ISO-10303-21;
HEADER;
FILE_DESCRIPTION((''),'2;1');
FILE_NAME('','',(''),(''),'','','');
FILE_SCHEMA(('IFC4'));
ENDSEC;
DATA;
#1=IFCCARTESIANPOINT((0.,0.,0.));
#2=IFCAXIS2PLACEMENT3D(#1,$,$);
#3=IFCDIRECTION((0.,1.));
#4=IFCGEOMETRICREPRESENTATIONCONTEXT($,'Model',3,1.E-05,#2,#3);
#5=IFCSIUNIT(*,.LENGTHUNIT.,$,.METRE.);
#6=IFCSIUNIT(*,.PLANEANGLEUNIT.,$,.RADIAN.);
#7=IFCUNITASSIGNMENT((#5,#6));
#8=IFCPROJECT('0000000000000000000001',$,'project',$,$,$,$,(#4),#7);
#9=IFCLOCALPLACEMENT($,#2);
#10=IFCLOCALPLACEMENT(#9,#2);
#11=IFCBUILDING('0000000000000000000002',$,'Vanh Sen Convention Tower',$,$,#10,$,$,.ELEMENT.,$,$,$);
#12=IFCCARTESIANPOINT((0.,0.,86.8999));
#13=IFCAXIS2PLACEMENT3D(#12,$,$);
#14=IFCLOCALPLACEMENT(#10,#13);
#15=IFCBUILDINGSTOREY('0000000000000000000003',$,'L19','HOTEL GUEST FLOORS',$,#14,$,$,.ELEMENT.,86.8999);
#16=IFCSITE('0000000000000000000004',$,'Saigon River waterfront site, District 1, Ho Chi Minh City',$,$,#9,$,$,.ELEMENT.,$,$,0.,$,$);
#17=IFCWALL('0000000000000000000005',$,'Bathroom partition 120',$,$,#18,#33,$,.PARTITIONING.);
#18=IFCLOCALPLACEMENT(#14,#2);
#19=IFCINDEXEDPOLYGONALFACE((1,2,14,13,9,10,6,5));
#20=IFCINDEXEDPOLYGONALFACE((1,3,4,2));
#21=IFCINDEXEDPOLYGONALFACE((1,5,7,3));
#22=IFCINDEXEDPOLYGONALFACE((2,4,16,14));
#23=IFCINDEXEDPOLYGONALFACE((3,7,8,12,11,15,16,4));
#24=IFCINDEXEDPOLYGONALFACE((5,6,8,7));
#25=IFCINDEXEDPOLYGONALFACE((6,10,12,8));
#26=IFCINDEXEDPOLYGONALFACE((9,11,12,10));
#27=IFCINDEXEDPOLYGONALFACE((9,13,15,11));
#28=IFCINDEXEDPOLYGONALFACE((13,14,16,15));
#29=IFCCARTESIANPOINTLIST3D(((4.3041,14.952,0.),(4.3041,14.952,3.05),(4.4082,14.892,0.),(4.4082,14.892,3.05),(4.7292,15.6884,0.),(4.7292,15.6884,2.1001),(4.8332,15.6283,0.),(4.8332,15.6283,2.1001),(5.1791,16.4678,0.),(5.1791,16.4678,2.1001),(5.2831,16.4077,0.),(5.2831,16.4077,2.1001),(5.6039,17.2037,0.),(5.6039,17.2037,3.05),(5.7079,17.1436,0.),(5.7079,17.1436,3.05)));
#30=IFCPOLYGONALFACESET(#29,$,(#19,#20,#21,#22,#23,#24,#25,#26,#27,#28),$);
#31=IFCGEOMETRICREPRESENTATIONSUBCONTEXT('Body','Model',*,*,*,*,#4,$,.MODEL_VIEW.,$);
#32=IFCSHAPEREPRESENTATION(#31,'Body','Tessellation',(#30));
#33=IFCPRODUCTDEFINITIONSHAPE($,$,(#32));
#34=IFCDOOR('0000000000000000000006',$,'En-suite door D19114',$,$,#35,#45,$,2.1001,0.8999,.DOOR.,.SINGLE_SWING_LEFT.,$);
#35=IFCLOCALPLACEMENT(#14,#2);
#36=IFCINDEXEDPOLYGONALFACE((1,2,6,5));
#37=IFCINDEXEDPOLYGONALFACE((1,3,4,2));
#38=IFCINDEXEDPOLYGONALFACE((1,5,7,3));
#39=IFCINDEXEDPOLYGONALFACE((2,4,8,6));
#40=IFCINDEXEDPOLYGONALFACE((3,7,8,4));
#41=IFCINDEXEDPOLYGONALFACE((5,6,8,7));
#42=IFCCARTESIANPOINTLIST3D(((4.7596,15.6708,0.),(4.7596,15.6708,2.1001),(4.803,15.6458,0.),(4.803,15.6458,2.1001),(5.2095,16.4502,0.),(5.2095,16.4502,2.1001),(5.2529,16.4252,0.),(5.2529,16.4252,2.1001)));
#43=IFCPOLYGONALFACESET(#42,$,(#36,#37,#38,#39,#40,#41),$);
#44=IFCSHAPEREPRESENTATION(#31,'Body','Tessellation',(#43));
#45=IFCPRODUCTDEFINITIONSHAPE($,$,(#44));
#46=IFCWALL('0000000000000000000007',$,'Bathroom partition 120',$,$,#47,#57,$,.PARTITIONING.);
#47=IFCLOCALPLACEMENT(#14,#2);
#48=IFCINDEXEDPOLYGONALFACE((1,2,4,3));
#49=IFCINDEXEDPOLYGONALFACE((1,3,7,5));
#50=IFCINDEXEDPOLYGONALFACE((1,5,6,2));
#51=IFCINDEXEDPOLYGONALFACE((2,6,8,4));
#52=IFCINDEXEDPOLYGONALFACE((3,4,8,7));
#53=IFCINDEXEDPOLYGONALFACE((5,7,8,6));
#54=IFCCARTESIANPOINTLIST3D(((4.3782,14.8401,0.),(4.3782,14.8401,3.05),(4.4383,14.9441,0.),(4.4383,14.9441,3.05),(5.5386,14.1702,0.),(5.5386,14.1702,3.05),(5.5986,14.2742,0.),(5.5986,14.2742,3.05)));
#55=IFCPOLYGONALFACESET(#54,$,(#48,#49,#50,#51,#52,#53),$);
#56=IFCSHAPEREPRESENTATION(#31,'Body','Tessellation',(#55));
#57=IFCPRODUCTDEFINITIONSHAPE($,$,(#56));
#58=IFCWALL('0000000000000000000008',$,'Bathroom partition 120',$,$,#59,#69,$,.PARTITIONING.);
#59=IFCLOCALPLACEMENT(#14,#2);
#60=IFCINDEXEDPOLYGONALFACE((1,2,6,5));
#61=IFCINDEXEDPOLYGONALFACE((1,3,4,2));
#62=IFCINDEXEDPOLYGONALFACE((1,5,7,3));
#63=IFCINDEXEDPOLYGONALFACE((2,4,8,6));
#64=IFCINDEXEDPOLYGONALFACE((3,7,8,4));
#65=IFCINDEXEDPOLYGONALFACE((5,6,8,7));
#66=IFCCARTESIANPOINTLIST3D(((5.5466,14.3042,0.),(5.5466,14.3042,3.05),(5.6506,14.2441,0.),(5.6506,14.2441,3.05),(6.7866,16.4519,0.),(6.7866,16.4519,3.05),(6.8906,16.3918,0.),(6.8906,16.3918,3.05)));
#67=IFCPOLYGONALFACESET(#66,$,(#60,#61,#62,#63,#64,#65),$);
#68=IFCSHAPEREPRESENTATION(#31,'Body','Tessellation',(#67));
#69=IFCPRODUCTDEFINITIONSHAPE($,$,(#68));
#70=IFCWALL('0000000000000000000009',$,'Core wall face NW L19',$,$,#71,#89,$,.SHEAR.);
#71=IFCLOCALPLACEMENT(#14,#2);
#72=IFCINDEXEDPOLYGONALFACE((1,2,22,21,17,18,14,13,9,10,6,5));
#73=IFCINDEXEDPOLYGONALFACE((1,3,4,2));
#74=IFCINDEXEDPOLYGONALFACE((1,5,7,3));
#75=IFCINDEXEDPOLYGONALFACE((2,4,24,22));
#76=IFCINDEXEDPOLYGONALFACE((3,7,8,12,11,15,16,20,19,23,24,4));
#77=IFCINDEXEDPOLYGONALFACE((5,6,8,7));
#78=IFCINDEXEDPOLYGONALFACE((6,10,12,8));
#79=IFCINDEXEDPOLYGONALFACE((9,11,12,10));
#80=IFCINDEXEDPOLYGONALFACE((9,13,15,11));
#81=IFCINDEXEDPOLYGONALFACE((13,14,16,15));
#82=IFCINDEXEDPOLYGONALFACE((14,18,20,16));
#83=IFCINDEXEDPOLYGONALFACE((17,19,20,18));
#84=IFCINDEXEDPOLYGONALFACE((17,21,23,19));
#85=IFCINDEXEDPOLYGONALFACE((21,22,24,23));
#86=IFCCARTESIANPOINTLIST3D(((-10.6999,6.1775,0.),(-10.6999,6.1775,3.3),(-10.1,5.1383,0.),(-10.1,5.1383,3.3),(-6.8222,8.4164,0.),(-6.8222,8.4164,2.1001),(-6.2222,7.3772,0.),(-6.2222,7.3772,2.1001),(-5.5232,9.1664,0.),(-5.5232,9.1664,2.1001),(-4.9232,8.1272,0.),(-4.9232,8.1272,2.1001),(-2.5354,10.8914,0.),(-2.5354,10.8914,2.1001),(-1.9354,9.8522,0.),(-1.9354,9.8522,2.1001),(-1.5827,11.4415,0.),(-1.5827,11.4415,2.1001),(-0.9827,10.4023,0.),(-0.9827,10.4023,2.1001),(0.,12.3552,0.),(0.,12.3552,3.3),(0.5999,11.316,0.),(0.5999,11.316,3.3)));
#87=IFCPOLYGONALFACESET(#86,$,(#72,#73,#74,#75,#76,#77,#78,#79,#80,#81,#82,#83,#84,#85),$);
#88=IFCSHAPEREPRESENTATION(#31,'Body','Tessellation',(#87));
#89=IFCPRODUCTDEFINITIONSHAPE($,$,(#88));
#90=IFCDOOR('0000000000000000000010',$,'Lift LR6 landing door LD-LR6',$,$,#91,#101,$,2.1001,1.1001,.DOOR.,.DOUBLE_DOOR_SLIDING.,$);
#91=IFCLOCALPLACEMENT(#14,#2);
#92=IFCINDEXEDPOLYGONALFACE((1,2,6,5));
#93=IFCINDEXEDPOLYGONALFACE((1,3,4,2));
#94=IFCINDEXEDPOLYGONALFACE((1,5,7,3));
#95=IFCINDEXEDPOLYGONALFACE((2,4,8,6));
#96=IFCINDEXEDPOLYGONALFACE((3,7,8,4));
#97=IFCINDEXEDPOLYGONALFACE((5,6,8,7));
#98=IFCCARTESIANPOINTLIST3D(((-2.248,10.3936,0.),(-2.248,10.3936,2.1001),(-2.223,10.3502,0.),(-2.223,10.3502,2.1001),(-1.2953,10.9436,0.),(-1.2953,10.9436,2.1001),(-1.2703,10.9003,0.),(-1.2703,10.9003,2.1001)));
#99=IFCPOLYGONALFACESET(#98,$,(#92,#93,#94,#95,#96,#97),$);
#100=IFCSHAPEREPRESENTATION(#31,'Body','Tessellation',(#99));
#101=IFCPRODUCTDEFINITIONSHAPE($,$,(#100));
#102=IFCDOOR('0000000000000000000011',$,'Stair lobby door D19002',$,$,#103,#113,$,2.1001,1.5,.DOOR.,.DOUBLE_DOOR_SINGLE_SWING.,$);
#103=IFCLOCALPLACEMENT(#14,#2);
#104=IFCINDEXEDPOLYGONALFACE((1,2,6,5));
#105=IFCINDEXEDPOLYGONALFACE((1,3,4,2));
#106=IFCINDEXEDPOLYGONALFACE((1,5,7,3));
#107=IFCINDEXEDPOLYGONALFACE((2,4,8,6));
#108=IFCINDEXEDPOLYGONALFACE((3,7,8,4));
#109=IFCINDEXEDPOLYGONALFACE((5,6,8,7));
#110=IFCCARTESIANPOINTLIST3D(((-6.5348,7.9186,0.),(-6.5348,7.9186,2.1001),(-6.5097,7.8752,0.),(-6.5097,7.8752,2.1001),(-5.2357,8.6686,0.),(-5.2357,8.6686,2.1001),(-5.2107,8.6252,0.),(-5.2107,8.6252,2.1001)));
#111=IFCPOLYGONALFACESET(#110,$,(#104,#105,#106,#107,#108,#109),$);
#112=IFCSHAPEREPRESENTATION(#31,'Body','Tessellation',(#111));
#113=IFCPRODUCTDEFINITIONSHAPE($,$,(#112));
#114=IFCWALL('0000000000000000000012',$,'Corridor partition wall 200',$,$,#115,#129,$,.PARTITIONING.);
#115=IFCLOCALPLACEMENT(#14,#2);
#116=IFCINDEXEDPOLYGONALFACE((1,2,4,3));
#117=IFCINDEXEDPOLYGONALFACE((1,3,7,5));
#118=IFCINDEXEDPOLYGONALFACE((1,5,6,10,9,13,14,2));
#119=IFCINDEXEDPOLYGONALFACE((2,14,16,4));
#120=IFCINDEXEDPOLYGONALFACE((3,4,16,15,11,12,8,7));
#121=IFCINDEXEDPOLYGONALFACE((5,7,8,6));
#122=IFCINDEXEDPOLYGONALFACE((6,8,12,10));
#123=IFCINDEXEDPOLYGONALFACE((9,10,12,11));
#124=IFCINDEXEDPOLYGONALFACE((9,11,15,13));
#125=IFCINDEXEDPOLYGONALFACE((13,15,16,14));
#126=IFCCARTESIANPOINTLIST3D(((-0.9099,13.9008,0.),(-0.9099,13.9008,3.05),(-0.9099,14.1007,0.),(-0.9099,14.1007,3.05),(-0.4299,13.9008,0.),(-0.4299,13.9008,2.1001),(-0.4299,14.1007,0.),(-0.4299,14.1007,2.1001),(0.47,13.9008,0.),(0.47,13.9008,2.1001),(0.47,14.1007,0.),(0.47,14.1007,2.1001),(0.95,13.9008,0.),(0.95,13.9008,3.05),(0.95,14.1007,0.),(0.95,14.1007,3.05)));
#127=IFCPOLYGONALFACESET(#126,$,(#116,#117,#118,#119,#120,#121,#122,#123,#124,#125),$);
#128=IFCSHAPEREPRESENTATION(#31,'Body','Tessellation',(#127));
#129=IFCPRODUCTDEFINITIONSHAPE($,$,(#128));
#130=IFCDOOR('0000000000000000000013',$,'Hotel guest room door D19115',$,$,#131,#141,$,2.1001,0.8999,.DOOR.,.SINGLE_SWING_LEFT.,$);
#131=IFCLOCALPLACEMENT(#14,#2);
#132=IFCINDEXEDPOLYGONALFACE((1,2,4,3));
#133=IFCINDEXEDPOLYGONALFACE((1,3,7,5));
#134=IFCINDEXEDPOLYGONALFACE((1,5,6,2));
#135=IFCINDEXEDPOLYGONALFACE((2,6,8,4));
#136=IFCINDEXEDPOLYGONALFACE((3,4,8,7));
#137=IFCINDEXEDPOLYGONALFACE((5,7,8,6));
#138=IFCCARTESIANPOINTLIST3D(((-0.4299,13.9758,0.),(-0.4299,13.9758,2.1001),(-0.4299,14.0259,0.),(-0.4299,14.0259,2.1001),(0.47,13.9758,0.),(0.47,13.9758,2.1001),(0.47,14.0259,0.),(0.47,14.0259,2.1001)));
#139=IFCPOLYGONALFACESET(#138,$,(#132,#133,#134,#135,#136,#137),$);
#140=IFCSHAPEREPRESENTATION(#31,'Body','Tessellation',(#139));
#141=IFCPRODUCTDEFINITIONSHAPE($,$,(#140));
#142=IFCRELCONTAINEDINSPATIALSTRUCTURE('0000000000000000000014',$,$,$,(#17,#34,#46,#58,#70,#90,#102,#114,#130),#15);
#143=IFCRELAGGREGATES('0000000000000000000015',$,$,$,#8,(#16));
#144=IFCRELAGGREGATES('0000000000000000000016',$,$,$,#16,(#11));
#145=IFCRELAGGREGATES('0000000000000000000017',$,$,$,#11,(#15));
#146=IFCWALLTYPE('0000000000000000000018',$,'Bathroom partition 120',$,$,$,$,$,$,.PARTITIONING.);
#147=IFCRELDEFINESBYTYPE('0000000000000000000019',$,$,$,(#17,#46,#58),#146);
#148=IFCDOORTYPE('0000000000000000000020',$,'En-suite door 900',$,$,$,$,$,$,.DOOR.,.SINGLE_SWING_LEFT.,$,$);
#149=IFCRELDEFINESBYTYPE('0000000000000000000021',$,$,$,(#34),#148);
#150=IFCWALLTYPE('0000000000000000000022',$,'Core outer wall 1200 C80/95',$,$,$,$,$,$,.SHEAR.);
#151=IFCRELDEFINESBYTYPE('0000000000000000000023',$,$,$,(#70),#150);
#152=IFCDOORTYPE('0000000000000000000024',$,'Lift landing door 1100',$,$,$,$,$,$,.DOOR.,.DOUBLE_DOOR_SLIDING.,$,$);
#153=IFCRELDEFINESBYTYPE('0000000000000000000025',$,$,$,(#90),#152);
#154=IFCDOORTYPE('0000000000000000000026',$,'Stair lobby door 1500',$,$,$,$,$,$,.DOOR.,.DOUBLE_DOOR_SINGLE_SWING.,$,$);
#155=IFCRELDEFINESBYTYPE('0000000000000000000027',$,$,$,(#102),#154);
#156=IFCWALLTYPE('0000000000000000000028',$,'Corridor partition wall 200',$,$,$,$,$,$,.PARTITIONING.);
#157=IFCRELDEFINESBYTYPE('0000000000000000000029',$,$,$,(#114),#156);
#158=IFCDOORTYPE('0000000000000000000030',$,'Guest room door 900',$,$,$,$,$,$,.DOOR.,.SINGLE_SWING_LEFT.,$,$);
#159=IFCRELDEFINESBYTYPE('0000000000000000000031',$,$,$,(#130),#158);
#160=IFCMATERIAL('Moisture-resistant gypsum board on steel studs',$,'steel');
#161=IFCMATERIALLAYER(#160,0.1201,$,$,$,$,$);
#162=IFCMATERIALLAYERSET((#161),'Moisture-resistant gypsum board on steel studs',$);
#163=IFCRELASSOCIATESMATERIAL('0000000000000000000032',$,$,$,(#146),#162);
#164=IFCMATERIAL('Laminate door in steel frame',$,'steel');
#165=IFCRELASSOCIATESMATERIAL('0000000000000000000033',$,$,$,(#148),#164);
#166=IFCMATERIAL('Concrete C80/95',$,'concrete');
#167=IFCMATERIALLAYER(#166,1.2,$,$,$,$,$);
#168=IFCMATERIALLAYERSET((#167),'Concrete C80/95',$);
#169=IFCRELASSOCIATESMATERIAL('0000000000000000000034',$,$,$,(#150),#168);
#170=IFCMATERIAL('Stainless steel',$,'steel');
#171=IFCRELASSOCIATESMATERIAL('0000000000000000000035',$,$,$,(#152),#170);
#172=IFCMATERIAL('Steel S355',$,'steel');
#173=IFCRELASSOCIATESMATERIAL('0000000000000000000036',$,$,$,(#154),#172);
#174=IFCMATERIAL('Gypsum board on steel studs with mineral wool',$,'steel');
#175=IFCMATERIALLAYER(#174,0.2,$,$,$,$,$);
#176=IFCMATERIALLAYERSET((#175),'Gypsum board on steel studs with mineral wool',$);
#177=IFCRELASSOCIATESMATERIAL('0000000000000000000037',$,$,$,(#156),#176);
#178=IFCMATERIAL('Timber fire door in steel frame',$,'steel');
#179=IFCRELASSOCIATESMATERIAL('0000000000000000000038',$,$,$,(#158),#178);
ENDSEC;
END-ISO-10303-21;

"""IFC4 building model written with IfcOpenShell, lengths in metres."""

from ifc_helpers import new_model, si_unit, direction, frame, frame_2d, origin, place, context, subcontext, project, spatial, rectangle, extrude, material, layer, layer_set, type_object, element, fill, save


model = new_model("IFC4")

# Units and contexts
model_context = context("Model", 3, precision=1e-05, world=origin(), true_north=direction((0.0, 1.0)))
body_context = subcontext(model_context, "Body", "Model", "MODEL_VIEW")
ifc_project = project(units=[si_unit("LENGTHUNIT", "METRE"), si_unit("PLANEANGLEUNIT", "RADIAN")], contexts=[model_context])

# Site, building, storey
site_placement = place(None, origin())
site = spatial("IfcSite", under=ifc_project, at=site_placement, Name="Saigon River waterfront site, District 1, Ho Chi Minh City", CompositionType="ELEMENT", RefElevation=0.0)
building_placement = place(site_placement, origin())
building = spatial("IfcBuilding", under=site, at=building_placement, Name="Vanh Sen Convention Tower", CompositionType="ELEMENT")
storey_placement = place(building_placement, frame((0.0, 0.0, 86.8999)))
storey = spatial("IfcBuildingStorey", under=building, at=storey_placement, Name="L19", Description="HOTEL GUEST FLOORS", CompositionType="ELEMENT", Elevation=86.8999)

# Wall, opening, door
ifc_material_1 = material(Name="Moisture-resistant gypsum board on steel studs", Category="steel")
ifc_layer_1 = layer(ifc_material_1, 0.1201)
ifc_layer_set_1 = layer_set([ifc_layer_1], Name="Moisture-resistant gypsum board on steel studs")
wall_type_1 = type_object("IfcWallType", Name="Bathroom partition 120", PredefinedType="PARTITIONING", material=ifc_layer_set_1)
wall_1_placement = place(storey_placement, frame((4.3562, 14.9221, 0.0), z_axis=(0.0, 0.0, 1.0), x_axis=(0.499937, 0.866062, 0.0)))
wall_1 = element("IfcWall", 1, at=wall_1_placement, inside=storey, type_object=wall_type_1, Name="Bathroom partition 120", PredefinedType="PARTITIONING", context=body_context, shape_type="SweptSolid", body=[
    extrude(rectangle(XDim=2.5999, YDim=0.1201, at=frame_2d((1.2998, 0.0))), origin(), (0.0, 0.0, 1.0), 3.05),
])
opening_1_placement = place(wall_1_placement, frame((0.8501, 0.0, 0.0)))
opening_1 = element("IfcOpeningElement", 2, at=opening_1_placement, cuts=wall_1, PredefinedType="OPENING", context=body_context, shape_type="SweptSolid", body=[
    extrude(rectangle(XDim=0.8999, YDim=2.1001, at=frame_2d((0.45, 1.05))), frame((0.0, 0.0701, 0.0), z_axis=(0.0, -1.0, 0.0), x_axis=(1.0, 0.0, 0.0)), (0.0, 0.0, 1.0), 0.1401),
])
ifc_material_2 = material(Name="Laminate door in steel frame", Category="steel")
door_type_1 = type_object("IfcDoorType", Name="En-suite door 900", OperationType="SINGLE_SWING_LEFT", PredefinedType="DOOR", material=ifc_material_2)
door_1_placement = place(opening_1_placement, origin())
door_1 = element("IfcDoor", 3, at=door_1_placement, inside=storey, type_object=door_type_1, Name="En-suite door D19114", OperationType="SINGLE_SWING_LEFT", OverallHeight=2.1001, OverallWidth=0.8999, PredefinedType="DOOR", context=body_context, shape_type="SweptSolid", body=[
    extrude(rectangle(XDim=0.8999, YDim=2.1001, at=frame_2d((0.45, 1.05))), frame((0.0, 0.0249, 0.0), z_axis=(0.0, -1.0, 0.0), x_axis=(1.0, 0.0, 0.0)), (0.0, 0.0, 1.0), 0.05),
])
fill(opening_1, door_1)

# Walls
wall_2_placement = place(storey_placement, frame((5.5686, 14.2222, 0.0), z_axis=(0.0, 0.0, 1.0), x_axis=(-0.866037, 0.49998, 0.0)))
element("IfcWall", 4, at=wall_2_placement, inside=storey, type_object=wall_type_1, Name="Bathroom partition 120", PredefinedType="PARTITIONING", context=body_context, shape_type="SweptSolid", body=[
    extrude(rectangle(XDim=1.3398, YDim=0.1201, at=frame_2d((0.6699, 0.0))), origin(), (0.0, 0.0, 1.0), 3.05),
])
wall_3_placement = place(storey_placement, frame((6.8386, 16.4219, 0.0), z_axis=(0.0, 0.0, 1.0), x_axis=(-0.500004, -0.866023, 0.0)))
element("IfcWall", 5, at=wall_3_placement, inside=storey, type_object=wall_type_1, Name="Bathroom partition 120", PredefinedType="PARTITIONING", context=body_context, shape_type="SweptSolid", body=[
    extrude(rectangle(XDim=2.48, YDim=0.1201, at=frame_2d((1.24, 0.0))), origin(), (0.0, 0.0, 1.0), 3.05),
])

# Wall, openings, doors
ifc_material_3 = material(Name="Concrete C80/95", Category="concrete")
ifc_layer_2 = layer(ifc_material_3, 1.2)
ifc_layer_set_2 = layer_set([ifc_layer_2], Name="Concrete C80/95")
wall_type_2 = type_object("IfcWallType", Name="Core outer wall 1200 C80/95", PredefinedType="SHEAR", material=ifc_layer_set_2)
wall_4_placement = place(storey_placement, frame((0.3, 11.8357, 0.0), z_axis=(0.0, 0.0, 1.0), x_axis=(-0.866021, -0.500007, 0.0)))
wall_4 = element("IfcWall", 6, at=wall_4_placement, inside=storey, type_object=wall_type_2, Name="Core wall face NW L19", PredefinedType="SHEAR", context=body_context, shape_type="SweptSolid", body=[
    extrude(rectangle(XDim=12.3552, YDim=1.2, at=frame_2d((6.1777, 0.0))), origin(), (0.0, 0.0, 1.0), 3.3),
])
opening_2_placement = place(wall_4_placement, frame((6.3777, 0.0, 0.0)))
opening_2 = element("IfcOpeningElement", 7, at=opening_2_placement, cuts=wall_4, PredefinedType="OPENING", context=body_context, shape_type="SweptSolid", body=[
    extrude(rectangle(XDim=1.5, YDim=2.1001, at=frame_2d((0.75, 1.05))), frame((0.0, 0.6099, 0.0), z_axis=(0.0, -1.0, 0.0), x_axis=(1.0, 0.0, 0.0)), (0.0, 0.0, 1.0), 1.22),
])
opening_3_placement = place(wall_4_placement, frame((1.8276, 0.0, 0.0)))
opening_3 = element("IfcOpeningElement", 8, at=opening_3_placement, cuts=wall_4, PredefinedType="OPENING", context=body_context, shape_type="SweptSolid", body=[
    extrude(rectangle(XDim=1.1001, YDim=2.1001, at=frame_2d((0.55, 1.05))), frame((0.0, 0.6099, 0.0), z_axis=(0.0, -1.0, 0.0), x_axis=(1.0, 0.0, 0.0)), (0.0, 0.0, 1.0), 1.22),
])
ifc_material_4 = material(Name="Stainless steel", Category="steel")
door_type_2 = type_object("IfcDoorType", Name="Lift landing door 1100", OperationType="DOUBLE_DOOR_SLIDING", PredefinedType="DOOR", material=ifc_material_4)
door_2_placement = place(opening_3_placement, origin())
door_2 = element("IfcDoor", 9, at=door_2_placement, inside=storey, type_object=door_type_2, Name="Lift LR6 landing door LD-LR6", OperationType="DOUBLE_DOOR_SLIDING", OverallHeight=2.1001, OverallWidth=1.1001, PredefinedType="DOOR", context=body_context, shape_type="SweptSolid", body=[
    extrude(rectangle(XDim=1.1001, YDim=2.1001, at=frame_2d((0.55, 1.05))), frame((0.0, 0.0249, 0.0), z_axis=(0.0, -1.0, 0.0), x_axis=(1.0, 0.0, 0.0)), (0.0, 0.0, 1.0), 0.05),
])
fill(opening_3, door_2)
ifc_material_5 = material(Name="Steel S355", Category="steel")
door_type_3 = type_object("IfcDoorType", Name="Stair lobby door 1500", OperationType="DOUBLE_DOOR_SINGLE_SWING", PredefinedType="DOOR", material=ifc_material_5)
door_3_placement = place(opening_2_placement, origin())
door_3 = element("IfcDoor", 10, at=door_3_placement, inside=storey, type_object=door_type_3, Name="Stair lobby door D19002", OperationType="DOUBLE_DOOR_SINGLE_SWING", OverallHeight=2.1001, OverallWidth=1.5, PredefinedType="DOOR", context=body_context, shape_type="SweptSolid", body=[
    extrude(rectangle(XDim=1.5, YDim=2.1001, at=frame_2d((0.75, 1.05))), frame((0.0, 0.0249, 0.0), z_axis=(0.0, -1.0, 0.0), x_axis=(1.0, 0.0, 0.0)), (0.0, 0.0, 1.0), 0.05),
])
fill(opening_2, door_3)

# Wall, opening, door
ifc_material_6 = material(Name="Gypsum board on steel studs with mineral wool", Category="steel")
ifc_layer_3 = layer(ifc_material_6, 0.2)
ifc_layer_set_3 = layer_set([ifc_layer_3], Name="Gypsum board on steel studs with mineral wool")
wall_type_3 = type_object("IfcWallType", Name="Corridor partition wall 200", PredefinedType="PARTITIONING", material=ifc_layer_set_3)
wall_5_placement = place(storey_placement, frame((0.95, 14.0007, 0.0), z_axis=(0.0, 0.0, 1.0), x_axis=(-1.0, 0.0, 0.0)))
wall_5 = element("IfcWall", 11, at=wall_5_placement, inside=storey, type_object=wall_type_3, Name="Corridor partition wall 200", PredefinedType="PARTITIONING", context=body_context, shape_type="SweptSolid", body=[
    extrude(rectangle(XDim=1.8599, YDim=0.2, at=frame_2d((0.9299, 0.0))), origin(), (0.0, 0.0, 1.0), 3.05),
])
opening_4_placement = place(wall_5_placement, frame((0.48, 0.0, 0.0)))
opening_4 = element("IfcOpeningElement", 12, at=opening_4_placement, cuts=wall_5, PredefinedType="OPENING", context=body_context, shape_type="SweptSolid", body=[
    extrude(rectangle(XDim=0.8999, YDim=2.1001, at=frame_2d((0.45, 1.05))), frame((0.0, 0.1099, 0.0), z_axis=(0.0, -1.0, 0.0), x_axis=(1.0, 0.0, 0.0)), (0.0, 0.0, 1.0), 0.22),
])
ifc_material_7 = material(Name="Timber fire door in steel frame", Category="steel")
door_type_4 = type_object("IfcDoorType", Name="Guest room door 900", OperationType="SINGLE_SWING_LEFT", PredefinedType="DOOR", material=ifc_material_7)
door_4_placement = place(opening_4_placement, origin())
door_4 = element("IfcDoor", 13, at=door_4_placement, inside=storey, type_object=door_type_4, Name="Hotel guest room door D19115", OperationType="SINGLE_SWING_LEFT", OverallHeight=2.1001, OverallWidth=0.8999, PredefinedType="DOOR", context=body_context, shape_type="SweptSolid", body=[
    extrude(rectangle(XDim=0.8999, YDim=2.1001, at=frame_2d((0.45, 1.05))), frame((0.0, 0.0249, 0.0), z_axis=(0.0, -1.0, 0.0), x_axis=(1.0, 0.0, 0.0)), (0.0, 0.0, 1.0), 0.05),
])
fill(opening_4, door_4)

save(model, "model.ifc")
